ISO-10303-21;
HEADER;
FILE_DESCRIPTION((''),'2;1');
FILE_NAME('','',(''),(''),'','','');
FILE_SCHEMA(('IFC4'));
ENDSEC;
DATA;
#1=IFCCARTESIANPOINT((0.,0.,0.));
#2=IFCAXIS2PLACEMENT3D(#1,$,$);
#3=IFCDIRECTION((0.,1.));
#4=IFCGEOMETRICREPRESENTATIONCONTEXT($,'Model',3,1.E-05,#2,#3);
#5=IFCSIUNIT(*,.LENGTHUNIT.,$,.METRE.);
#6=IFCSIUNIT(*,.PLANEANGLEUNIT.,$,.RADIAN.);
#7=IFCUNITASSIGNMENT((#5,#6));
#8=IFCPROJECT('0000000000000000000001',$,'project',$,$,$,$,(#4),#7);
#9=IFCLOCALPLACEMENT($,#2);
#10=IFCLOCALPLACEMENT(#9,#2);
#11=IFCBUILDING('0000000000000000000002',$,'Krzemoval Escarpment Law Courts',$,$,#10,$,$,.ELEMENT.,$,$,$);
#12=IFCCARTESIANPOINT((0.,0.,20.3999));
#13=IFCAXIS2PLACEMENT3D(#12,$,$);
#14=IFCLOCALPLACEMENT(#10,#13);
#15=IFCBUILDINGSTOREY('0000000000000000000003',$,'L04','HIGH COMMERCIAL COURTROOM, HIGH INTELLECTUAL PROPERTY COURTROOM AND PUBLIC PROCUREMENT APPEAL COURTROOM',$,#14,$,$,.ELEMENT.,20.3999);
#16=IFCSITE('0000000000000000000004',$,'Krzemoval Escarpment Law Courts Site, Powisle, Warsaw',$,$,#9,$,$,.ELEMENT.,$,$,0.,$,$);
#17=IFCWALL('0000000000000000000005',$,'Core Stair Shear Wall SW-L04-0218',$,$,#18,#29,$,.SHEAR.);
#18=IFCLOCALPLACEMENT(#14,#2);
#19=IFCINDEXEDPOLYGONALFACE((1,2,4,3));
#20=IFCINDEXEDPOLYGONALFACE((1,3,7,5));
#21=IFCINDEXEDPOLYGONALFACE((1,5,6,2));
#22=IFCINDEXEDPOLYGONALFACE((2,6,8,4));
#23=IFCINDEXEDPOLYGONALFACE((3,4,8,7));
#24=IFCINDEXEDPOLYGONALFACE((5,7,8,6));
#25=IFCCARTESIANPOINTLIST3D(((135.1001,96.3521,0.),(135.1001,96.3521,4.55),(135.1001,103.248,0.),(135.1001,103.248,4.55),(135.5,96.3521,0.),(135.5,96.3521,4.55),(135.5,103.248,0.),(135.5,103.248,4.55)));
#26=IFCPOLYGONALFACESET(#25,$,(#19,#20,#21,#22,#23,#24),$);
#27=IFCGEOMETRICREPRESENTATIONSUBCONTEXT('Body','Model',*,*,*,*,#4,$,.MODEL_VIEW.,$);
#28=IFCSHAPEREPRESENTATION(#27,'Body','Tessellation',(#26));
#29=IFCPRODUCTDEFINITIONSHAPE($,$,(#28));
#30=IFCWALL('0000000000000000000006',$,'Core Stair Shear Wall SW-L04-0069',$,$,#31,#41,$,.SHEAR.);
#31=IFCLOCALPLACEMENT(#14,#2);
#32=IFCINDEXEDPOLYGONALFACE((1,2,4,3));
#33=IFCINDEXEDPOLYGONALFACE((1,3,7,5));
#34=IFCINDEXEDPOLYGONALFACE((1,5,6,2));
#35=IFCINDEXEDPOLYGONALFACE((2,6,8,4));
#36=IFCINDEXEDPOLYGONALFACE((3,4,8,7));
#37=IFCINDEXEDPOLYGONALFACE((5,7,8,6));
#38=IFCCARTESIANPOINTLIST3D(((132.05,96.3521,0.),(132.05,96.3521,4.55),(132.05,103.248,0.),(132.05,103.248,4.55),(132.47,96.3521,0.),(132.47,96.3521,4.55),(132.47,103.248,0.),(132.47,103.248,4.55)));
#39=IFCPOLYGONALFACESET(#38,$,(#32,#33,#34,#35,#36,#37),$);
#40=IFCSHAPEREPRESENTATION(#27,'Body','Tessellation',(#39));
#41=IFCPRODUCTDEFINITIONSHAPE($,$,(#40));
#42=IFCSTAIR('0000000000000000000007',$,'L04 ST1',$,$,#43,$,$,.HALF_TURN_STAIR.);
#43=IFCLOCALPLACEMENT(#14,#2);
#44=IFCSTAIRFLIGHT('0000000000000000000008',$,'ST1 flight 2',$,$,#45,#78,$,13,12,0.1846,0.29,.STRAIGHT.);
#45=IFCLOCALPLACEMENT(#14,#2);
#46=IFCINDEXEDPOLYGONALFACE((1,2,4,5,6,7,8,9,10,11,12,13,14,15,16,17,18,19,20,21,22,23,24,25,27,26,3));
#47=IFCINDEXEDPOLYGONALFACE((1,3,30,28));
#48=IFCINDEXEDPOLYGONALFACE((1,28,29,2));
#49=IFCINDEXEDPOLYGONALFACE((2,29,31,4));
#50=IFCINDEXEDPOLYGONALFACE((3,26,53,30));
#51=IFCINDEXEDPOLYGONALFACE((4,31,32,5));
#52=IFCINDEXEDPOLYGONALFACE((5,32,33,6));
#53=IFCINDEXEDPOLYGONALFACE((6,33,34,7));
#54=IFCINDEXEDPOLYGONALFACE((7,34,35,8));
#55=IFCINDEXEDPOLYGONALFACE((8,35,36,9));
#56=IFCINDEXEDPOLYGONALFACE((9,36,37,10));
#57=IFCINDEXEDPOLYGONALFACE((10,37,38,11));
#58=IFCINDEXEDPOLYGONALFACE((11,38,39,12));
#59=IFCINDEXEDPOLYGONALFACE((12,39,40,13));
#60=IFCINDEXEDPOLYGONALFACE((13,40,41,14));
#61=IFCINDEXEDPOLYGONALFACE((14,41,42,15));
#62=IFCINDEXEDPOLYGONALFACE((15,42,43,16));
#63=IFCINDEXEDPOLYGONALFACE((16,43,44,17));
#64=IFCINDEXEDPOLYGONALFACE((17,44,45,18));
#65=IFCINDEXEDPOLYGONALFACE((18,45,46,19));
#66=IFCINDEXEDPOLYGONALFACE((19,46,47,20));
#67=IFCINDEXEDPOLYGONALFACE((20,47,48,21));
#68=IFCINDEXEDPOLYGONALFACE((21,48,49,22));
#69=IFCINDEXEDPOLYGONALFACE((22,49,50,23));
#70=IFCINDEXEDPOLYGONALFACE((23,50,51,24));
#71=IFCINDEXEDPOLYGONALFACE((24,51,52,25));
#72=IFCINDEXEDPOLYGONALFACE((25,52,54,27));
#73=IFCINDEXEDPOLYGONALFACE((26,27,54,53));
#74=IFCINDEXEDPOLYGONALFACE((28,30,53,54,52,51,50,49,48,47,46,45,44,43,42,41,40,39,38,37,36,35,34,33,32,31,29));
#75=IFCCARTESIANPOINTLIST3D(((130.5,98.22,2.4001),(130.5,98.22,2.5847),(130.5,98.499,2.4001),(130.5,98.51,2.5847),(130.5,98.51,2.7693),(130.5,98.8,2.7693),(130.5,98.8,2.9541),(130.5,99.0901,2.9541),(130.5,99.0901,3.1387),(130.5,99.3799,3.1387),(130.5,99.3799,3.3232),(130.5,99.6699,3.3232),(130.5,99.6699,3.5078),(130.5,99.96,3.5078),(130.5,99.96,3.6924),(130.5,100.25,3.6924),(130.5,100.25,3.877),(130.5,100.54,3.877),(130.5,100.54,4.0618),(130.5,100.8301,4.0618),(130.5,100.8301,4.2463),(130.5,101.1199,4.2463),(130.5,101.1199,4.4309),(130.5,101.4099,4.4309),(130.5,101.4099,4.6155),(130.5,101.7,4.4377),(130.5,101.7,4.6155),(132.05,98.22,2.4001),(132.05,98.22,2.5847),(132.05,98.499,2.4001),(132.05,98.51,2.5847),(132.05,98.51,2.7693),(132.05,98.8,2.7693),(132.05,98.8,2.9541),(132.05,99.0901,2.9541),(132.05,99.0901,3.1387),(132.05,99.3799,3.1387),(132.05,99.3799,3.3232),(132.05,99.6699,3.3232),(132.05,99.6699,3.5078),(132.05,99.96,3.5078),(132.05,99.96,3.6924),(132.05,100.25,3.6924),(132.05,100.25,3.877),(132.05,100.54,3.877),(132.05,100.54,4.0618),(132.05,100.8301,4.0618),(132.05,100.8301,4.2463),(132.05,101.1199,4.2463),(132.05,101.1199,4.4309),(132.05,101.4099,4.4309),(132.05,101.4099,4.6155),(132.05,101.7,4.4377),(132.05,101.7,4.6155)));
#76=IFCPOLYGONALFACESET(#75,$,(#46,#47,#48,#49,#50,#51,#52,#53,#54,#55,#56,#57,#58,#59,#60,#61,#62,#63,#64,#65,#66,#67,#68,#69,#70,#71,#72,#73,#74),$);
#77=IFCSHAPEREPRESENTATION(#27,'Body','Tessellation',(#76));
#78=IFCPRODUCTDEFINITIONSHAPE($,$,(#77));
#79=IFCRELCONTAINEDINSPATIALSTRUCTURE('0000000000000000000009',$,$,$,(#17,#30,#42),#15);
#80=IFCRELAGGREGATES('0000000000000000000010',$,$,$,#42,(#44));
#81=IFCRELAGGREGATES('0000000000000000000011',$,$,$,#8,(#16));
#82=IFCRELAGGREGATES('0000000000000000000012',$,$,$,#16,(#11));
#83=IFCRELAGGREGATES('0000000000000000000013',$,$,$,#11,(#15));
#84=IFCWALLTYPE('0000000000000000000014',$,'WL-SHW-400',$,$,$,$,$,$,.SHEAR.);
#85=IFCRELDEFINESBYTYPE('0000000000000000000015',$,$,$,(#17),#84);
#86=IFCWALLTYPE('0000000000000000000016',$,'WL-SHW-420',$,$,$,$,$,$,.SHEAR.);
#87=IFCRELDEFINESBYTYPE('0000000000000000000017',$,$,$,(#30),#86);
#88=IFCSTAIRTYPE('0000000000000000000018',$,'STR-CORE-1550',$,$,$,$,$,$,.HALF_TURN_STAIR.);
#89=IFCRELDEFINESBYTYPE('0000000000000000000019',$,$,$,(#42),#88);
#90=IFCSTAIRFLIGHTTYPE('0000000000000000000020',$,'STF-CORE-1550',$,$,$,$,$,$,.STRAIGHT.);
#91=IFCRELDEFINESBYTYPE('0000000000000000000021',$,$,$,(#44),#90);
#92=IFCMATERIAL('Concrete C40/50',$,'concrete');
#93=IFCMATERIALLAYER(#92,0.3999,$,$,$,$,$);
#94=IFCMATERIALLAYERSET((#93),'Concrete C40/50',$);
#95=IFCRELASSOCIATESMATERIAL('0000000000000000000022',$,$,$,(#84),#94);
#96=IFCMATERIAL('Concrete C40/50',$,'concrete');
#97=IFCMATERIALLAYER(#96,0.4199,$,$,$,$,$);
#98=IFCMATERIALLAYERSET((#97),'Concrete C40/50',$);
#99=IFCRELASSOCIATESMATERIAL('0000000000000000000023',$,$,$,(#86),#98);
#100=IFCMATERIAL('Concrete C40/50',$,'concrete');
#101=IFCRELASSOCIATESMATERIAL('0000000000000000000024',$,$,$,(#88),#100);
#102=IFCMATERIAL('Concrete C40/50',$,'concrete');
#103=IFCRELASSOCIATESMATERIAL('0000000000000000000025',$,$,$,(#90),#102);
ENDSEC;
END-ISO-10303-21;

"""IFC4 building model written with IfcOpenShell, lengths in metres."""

from ifc_helpers import new_model, si_unit, direction, frame, frame_2d, origin, place, context, subcontext, project, spatial, polyline, rectangle, outline, extrude, material, layer, layer_set, type_object, element, aggregate, save


model = new_model("IFC4")

# Units and contexts
model_context = context("Model", 3, precision=1e-05, world=origin(), true_north=direction((0.0, 1.0)))
body_context = subcontext(model_context, "Body", "Model", "MODEL_VIEW")
ifc_project = project(units=[si_unit("LENGTHUNIT", "METRE"), si_unit("PLANEANGLEUNIT", "RADIAN")], contexts=[model_context])

# Site, building, storey
site_placement = place(None, origin())
site = spatial("IfcSite", under=ifc_project, at=site_placement, Name="Krzemoval Escarpment Law Courts Site, Powisle, Warsaw", CompositionType="ELEMENT", RefElevation=0.0)
building_placement = place(site_placement, origin())
building = spatial("IfcBuilding", under=site, at=building_placement, Name="Krzemoval Escarpment Law Courts", CompositionType="ELEMENT")
storey_placement = place(building_placement, frame((0.0, 0.0, 20.3999)))
storey = spatial("IfcBuildingStorey", under=building, at=storey_placement, Name="L04", Description="HIGH COMMERCIAL COURTROOM, HIGH INTELLECTUAL PROPERTY COURTROOM AND PUBLIC PROCUREMENT APPEAL COURTROOM", CompositionType="ELEMENT", Elevation=20.3999)

# Walls
ifc_material_1 = material(Name="Concrete C40/50", Category="concrete")
ifc_layer_1 = layer(ifc_material_1, 0.3999)
ifc_layer_set_1 = layer_set([ifc_layer_1], Name="Concrete C40/50")
wall_type_1 = type_object("IfcWallType", Name="WL-SHW-400", PredefinedType="SHEAR", material=ifc_layer_set_1)
wall_1_placement = place(storey_placement, frame((135.3, 96.3521, 0.0), z_axis=(0.0, 0.0, 1.0), x_axis=(0.0, 1.0, 0.0)))
element("IfcWall", 1, at=wall_1_placement, inside=storey, type_object=wall_type_1, Name="Core Stair Shear Wall SW-L04-0218", PredefinedType="SHEAR", context=body_context, shape_type="SweptSolid", body=[
    extrude(rectangle(XDim=6.896, YDim=0.3999, at=frame_2d((3.448, 0.0))), origin(), (0.0, 0.0, 1.0), 4.55),
])
ifc_material_2 = material(Name="Concrete C40/50", Category="concrete")
ifc_layer_2 = layer(ifc_material_2, 0.4199)
ifc_layer_set_2 = layer_set([ifc_layer_2], Name="Concrete C40/50")
wall_type_2 = type_object("IfcWallType", Name="WL-SHW-420", PredefinedType="SHEAR", material=ifc_layer_set_2)
wall_2_placement = place(storey_placement, frame((132.26, 96.3521, 0.0), z_axis=(0.0, 0.0, 1.0), x_axis=(0.0, 1.0, 0.0)))
element("IfcWall", 2, at=wall_2_placement, inside=storey, type_object=wall_type_2, Name="Core Stair Shear Wall SW-L04-0069", PredefinedType="SHEAR", context=body_context, shape_type="SweptSolid", body=[
    extrude(rectangle(XDim=6.896, YDim=0.4199, at=frame_2d((3.448, 0.0))), origin(), (0.0, 0.0, 1.0), 4.55),
])

# Stair, stair flight
ifc_material_3 = material(Name="Concrete C40/50", Category="concrete")
stair_type = type_object("IfcStairType", Name="STR-CORE-1550", PredefinedType="HALF_TURN_STAIR", material=ifc_material_3)
stair_placement = place(storey_placement, origin())
stair = element("IfcStair", 3, at=stair_placement, inside=storey, type_object=stair_type, Name="L04 ST1", PredefinedType="HALF_TURN_STAIR")
ifc_material_4 = material(Name="Concrete C40/50", Category="concrete")
stair_flight_type = type_object("IfcStairFlightType", Name="STF-CORE-1550", PredefinedType="STRAIGHT", material=ifc_material_4)
stair_flight_placement = place(storey_placement, frame((131.2749, 98.22, 2.4001), z_axis=(0.0, 0.0, 1.0), x_axis=(0.0, 1.0, 0.0)))
stair_flight = element("IfcStairFlight", 4, at=stair_flight_placement, type_object=stair_flight_type, Name="ST1 flight 2", NumberOfRisers=13, NumberOfTreads=12, PredefinedType="STRAIGHT", RiserHeight=0.1846, TreadLength=0.29, context=body_context, shape_type="SweptSolid", body=[
    extrude(outline(polyline([(0.0, 0.0), (0.0, 0.1846), (0.29, 0.1846), (0.29, 0.3691), (0.5801, 0.3691), (0.5801, 0.554), (0.8701, 0.554), (0.8701, 0.7385), (1.1599, 0.7385), (1.1599, 0.9231), (1.45, 0.9231), (1.45, 1.1077), (1.74, 1.1077), (1.74, 1.2922), (2.03, 1.2922), (2.03, 1.4768), (2.3201, 1.4768), (2.3201, 1.6616), (2.6101, 1.6616), (2.6101, 1.8462), (2.8999, 1.8462), (2.8999, 2.0308), (3.1899, 2.0308), (3.1899, 2.2153), (3.48, 2.2153), (3.48, 2.3999), (3.48, 2.0376), (0.2791, 0.0), (0.0, 0.0)])), frame((0.0, 0.7749, 0.0), z_axis=(0.0, -1.0, 0.0), x_axis=(1.0, 0.0, 0.0)), (0.0, 0.0, 1.0), 1.55),
])
aggregate(stair, [stair_flight])

save(model, "model.ifc")
